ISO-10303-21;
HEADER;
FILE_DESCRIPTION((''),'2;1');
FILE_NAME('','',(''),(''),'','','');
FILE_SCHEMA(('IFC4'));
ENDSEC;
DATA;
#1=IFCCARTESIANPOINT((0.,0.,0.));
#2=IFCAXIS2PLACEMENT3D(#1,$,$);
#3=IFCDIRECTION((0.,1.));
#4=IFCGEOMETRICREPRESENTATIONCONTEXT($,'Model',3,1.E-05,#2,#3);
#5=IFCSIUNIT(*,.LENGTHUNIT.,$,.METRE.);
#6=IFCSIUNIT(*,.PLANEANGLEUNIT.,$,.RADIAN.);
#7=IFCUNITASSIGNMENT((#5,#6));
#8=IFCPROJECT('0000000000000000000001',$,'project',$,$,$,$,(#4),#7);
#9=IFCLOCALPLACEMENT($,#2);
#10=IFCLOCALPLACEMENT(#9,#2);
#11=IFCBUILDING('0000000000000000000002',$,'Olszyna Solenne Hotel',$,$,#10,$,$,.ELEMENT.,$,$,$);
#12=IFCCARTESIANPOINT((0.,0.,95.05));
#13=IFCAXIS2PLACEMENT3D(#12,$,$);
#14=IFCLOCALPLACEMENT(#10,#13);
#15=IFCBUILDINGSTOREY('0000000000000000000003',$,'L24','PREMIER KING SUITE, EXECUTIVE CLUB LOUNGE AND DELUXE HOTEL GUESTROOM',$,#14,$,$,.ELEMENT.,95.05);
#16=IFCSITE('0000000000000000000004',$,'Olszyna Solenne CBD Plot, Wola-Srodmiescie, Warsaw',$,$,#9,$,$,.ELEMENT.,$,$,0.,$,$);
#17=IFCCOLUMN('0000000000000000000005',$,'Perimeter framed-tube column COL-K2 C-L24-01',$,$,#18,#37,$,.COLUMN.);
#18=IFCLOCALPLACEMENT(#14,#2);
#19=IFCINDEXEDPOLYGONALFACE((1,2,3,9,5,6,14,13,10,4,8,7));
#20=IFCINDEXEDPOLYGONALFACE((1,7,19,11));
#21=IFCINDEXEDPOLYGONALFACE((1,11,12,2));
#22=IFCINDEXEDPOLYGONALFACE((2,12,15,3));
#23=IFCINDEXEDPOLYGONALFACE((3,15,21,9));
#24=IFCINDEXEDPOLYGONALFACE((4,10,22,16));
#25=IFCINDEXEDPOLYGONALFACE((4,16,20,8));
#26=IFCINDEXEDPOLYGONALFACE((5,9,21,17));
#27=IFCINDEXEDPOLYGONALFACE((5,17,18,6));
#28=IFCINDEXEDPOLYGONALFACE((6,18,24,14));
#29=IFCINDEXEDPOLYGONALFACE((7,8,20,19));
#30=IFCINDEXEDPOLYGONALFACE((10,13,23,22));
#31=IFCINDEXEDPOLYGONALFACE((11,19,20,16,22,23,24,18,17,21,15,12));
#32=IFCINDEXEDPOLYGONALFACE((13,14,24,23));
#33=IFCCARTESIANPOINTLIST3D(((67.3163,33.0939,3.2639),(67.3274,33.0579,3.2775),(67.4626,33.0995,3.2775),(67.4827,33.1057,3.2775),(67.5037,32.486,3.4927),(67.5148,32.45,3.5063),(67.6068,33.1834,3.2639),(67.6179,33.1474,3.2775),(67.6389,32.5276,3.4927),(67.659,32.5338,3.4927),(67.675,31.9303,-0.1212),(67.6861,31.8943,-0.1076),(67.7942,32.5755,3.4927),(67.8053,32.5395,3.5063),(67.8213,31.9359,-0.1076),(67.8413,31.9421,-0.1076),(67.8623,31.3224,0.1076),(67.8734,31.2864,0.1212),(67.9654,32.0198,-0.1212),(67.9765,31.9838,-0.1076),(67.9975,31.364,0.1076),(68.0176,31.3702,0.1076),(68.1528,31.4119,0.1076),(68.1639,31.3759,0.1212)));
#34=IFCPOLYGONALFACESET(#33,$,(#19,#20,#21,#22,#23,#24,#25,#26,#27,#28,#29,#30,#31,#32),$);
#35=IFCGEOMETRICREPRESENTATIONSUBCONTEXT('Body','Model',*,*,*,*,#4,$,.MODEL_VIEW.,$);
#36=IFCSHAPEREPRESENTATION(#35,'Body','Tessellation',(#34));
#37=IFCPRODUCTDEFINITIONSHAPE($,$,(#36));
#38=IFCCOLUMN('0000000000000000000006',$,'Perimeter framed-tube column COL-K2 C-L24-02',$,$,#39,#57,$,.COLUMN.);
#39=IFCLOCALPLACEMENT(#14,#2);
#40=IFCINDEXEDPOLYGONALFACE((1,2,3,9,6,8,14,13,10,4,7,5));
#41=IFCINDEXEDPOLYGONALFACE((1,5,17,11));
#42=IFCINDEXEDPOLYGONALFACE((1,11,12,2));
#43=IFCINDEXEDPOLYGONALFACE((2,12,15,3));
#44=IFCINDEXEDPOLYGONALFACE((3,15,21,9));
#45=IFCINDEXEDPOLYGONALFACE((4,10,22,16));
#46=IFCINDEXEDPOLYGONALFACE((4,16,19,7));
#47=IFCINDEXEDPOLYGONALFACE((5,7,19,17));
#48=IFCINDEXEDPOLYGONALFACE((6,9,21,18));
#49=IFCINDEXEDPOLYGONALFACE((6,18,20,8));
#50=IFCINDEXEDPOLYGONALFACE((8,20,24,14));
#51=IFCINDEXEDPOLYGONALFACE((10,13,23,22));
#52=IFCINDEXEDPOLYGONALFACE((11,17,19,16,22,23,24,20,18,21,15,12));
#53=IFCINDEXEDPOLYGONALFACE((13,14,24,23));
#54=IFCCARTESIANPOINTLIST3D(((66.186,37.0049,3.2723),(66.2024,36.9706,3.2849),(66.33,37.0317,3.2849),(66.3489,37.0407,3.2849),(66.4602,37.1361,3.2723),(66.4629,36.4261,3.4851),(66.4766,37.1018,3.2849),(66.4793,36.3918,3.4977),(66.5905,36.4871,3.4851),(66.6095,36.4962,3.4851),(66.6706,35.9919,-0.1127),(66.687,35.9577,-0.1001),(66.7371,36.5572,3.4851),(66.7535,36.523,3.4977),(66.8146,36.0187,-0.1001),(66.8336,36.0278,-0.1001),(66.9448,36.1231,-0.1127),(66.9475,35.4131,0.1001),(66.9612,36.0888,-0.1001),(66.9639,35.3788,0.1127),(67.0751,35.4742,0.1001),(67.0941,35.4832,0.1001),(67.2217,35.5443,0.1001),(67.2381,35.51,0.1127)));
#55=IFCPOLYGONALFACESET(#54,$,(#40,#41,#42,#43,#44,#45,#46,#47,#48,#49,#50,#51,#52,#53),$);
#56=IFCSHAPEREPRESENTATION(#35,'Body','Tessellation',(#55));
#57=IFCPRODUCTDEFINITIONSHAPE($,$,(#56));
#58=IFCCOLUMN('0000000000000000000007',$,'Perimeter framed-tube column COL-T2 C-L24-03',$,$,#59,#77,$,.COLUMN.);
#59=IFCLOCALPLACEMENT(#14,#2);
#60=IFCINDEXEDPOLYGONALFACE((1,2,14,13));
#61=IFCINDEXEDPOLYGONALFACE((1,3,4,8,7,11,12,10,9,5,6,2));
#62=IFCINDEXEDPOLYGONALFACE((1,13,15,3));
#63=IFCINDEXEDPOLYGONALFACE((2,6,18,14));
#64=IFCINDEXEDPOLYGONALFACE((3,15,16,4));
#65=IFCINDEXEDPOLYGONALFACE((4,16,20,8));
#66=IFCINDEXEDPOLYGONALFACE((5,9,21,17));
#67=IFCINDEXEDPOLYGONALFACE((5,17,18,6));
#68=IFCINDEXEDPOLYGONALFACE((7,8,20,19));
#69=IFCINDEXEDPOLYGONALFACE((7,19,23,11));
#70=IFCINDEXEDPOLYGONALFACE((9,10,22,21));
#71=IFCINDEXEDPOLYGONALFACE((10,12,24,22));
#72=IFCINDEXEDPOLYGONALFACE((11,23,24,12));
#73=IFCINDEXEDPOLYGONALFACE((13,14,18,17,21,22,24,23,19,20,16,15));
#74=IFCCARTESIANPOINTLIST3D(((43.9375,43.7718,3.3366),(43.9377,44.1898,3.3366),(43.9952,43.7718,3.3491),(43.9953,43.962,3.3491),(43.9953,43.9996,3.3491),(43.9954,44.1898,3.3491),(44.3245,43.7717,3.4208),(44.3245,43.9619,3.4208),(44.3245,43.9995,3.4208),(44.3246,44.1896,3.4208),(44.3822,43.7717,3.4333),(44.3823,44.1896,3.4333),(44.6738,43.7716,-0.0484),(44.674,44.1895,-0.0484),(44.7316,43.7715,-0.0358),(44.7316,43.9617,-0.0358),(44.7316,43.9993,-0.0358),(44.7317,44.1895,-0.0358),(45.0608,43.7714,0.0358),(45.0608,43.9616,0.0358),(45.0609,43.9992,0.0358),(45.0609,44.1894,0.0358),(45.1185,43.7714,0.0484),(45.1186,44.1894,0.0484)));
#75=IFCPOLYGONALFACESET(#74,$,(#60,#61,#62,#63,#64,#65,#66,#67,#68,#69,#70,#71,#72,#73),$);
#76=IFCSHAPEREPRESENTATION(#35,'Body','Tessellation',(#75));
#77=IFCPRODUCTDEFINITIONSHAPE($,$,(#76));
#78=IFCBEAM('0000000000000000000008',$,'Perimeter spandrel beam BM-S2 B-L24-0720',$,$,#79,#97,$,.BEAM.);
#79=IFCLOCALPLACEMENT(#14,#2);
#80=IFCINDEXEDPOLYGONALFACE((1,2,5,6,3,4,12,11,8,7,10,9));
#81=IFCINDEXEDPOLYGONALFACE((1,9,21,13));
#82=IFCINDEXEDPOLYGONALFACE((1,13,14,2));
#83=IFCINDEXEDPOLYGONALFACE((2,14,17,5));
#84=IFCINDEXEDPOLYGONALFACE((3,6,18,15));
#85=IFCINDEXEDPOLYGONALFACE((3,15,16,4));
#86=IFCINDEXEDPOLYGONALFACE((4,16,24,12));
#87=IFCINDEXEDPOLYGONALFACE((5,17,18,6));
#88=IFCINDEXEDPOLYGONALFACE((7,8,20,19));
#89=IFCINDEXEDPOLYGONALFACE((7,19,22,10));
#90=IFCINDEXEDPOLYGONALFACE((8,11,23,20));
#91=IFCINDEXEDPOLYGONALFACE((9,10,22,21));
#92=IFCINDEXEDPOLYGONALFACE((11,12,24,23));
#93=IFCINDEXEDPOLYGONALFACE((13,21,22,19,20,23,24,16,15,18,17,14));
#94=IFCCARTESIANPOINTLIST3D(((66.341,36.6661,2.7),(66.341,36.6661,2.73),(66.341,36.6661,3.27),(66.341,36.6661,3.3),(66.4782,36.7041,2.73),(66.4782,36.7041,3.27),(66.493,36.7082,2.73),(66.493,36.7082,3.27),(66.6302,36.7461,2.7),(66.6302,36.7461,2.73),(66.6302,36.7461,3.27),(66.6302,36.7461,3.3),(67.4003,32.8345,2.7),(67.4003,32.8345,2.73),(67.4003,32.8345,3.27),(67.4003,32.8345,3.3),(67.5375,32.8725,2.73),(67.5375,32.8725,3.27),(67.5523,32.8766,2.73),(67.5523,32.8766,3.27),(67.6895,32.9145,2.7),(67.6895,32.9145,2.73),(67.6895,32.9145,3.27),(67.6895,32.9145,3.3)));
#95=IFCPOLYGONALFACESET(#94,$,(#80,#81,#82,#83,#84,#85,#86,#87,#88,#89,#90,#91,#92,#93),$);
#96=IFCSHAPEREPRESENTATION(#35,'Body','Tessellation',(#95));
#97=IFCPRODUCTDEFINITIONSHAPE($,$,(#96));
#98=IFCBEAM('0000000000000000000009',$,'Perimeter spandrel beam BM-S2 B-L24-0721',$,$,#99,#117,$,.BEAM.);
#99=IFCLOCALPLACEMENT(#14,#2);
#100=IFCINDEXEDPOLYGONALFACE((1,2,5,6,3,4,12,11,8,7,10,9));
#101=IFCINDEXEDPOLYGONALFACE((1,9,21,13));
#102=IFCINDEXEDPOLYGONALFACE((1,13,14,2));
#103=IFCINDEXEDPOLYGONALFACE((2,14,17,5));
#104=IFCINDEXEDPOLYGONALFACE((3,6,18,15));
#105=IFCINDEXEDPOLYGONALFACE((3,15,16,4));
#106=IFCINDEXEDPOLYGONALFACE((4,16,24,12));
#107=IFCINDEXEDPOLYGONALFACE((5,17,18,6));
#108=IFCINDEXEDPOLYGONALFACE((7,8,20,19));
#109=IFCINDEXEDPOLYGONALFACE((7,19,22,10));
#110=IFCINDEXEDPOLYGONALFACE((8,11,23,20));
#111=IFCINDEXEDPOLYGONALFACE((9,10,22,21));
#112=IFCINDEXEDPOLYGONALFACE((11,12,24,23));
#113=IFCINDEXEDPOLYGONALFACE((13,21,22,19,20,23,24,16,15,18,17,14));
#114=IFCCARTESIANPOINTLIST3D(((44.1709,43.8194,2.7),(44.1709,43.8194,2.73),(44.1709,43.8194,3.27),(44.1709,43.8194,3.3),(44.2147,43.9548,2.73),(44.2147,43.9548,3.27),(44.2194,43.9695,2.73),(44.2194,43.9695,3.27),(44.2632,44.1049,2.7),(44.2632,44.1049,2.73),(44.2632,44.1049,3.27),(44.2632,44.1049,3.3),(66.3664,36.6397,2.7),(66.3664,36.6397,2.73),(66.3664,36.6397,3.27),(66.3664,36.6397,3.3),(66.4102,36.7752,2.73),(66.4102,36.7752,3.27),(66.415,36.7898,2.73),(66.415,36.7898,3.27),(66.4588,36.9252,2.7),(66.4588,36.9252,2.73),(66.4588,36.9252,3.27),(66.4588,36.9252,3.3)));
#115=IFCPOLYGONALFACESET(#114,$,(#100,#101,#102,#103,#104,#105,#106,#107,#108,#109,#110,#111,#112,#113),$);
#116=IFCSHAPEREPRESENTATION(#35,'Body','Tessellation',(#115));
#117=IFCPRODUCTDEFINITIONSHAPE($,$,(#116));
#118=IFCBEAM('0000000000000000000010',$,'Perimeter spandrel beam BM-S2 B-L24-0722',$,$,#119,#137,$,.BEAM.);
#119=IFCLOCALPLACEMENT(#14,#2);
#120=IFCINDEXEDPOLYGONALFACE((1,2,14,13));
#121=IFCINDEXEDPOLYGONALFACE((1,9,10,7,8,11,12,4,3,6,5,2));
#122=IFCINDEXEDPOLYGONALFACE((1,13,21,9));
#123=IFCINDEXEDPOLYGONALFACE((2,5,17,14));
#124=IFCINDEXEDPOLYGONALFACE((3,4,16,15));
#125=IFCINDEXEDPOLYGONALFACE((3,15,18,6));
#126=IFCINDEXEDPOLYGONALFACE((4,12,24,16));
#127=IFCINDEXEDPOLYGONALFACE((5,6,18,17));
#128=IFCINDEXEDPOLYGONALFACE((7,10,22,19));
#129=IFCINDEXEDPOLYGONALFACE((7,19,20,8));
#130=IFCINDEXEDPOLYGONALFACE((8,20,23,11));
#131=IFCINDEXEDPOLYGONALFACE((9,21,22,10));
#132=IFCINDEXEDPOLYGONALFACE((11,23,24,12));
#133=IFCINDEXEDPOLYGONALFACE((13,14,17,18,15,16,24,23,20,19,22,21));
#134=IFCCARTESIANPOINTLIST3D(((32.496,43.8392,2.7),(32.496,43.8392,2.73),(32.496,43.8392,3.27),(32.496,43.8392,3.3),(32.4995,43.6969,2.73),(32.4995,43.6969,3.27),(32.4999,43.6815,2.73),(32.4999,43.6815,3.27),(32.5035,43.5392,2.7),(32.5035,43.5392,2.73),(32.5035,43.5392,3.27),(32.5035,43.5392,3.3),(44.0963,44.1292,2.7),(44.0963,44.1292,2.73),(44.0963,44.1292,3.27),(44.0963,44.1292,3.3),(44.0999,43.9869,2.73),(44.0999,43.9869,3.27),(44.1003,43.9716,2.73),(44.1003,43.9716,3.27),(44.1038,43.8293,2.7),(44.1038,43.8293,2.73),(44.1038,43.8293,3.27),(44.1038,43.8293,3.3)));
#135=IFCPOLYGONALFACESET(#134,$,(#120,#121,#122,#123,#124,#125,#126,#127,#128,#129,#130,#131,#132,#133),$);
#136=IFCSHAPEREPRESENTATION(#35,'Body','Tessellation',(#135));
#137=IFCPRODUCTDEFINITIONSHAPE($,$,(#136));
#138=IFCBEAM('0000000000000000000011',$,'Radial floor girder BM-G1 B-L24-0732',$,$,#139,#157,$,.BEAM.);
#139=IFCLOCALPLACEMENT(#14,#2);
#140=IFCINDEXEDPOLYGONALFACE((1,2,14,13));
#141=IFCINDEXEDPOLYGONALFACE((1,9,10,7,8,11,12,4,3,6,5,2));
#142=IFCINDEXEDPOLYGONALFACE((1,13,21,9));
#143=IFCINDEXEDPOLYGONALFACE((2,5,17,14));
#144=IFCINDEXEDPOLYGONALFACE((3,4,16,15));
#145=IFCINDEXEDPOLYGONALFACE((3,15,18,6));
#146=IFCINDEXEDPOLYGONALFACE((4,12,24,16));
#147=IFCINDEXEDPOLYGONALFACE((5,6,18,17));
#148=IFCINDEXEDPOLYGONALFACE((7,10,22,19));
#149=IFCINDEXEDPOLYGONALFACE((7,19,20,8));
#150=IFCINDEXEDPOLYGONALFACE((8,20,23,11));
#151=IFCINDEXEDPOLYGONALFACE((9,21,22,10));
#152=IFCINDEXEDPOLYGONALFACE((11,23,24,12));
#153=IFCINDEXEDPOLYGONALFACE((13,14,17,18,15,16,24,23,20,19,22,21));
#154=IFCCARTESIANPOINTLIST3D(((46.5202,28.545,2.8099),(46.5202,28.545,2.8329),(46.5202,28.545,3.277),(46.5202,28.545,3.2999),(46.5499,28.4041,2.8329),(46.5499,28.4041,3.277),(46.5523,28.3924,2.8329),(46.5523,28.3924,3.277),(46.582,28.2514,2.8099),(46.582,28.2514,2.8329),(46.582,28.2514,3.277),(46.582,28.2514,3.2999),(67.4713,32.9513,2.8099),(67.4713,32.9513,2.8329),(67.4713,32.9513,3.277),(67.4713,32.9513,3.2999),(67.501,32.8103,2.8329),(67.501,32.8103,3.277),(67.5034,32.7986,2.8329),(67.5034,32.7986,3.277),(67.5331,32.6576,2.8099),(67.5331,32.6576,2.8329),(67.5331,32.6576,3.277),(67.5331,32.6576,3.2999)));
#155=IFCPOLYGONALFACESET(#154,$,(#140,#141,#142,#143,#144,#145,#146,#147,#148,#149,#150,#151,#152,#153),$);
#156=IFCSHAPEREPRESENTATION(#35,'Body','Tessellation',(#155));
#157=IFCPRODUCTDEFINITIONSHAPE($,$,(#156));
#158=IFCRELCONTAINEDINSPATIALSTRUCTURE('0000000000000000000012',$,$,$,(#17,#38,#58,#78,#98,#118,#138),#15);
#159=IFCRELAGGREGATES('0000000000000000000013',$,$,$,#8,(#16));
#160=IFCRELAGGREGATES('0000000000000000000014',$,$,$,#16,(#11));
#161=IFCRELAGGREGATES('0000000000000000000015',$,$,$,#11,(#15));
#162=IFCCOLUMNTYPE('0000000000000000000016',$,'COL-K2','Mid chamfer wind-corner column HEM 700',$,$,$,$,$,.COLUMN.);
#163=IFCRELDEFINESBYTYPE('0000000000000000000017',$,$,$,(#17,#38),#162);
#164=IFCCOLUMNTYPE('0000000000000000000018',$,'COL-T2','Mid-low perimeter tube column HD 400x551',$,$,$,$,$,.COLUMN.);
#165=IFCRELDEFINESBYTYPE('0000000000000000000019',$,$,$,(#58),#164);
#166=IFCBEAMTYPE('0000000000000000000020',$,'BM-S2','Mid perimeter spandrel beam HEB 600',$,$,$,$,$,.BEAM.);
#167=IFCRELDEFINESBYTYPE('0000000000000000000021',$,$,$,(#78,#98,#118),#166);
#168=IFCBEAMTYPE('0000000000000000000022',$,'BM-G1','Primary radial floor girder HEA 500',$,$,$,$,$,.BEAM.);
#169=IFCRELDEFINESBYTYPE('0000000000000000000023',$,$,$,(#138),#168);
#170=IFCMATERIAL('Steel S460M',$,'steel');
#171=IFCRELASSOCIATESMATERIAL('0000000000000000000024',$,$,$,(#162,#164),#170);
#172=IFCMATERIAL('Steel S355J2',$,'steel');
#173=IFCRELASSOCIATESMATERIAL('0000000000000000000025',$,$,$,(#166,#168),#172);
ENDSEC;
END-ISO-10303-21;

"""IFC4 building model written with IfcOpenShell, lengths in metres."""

from ifc_helpers import new_model, si_unit, direction, frame, origin, origin_2d, place, context, subcontext, project, spatial, i_section, extrude, source, transform, mapped, material, material_profile, profile_set, type_object, element, save


model = new_model("IFC4")

# Units and contexts
model_context = context("Model", 3, precision=1e-05, world=origin(), true_north=direction((0.0, 1.0)))
body_context = subcontext(model_context, "Body", "Model", "MODEL_VIEW")
ifc_project = project(units=[si_unit("LENGTHUNIT", "METRE"), si_unit("PLANEANGLEUNIT", "RADIAN")], contexts=[model_context])

# Site, building, storey
site_placement = place(None, origin())
site = spatial("IfcSite", under=ifc_project, at=site_placement, Name="Olszyna Solenne CBD Plot, Wola-Srodmiescie, Warsaw", CompositionType="ELEMENT", RefElevation=0.0)
building_placement = place(site_placement, origin())
building = spatial("IfcBuilding", under=site, at=building_placement, Name="Olszyna Solenne Hotel", CompositionType="ELEMENT")
storey_placement = place(building_placement, frame((0.0, 0.0, 95.05)))
storey = spatial("IfcBuildingStorey", under=building, at=storey_placement, Name="L24", Description="PREMIER KING SUITE, EXECUTIVE CLUB LOUNGE AND DELUXE HOTEL GUESTROOM", CompositionType="ELEMENT", Elevation=95.05)

# Columns
ifc_material_1 = material(Name="Steel S460M", Category="steel")
ifc_material_profile_1 = material_profile(ifc_material_1, i_section(OverallWidth=0.304, OverallDepth=0.7161, WebThickness=0.021, FlangeThickness=0.04, at=origin_2d()), Name="HEM 700", Category="load-bearing")
ifc_profile_set_1 = profile_set([ifc_material_profile_1], Name="Steel S460M")
column_type_1 = type_object("IfcColumnType", Name="COL-K2", Description="Mid chamfer wind-corner column HEM 700", PredefinedType="COLUMN", material=ifc_profile_set_1)
shared_shape_1 = source(origin(), body_context, "Body", "SweptSolid", [
    extrude(i_section(OverallWidth=0.304, OverallDepth=0.7161, WebThickness=0.021, FlangeThickness=0.04, at=origin_2d()), origin(), (0.0, 0.0, 1.0), 3.5974),
])
column_1_placement = place(storey_placement, frame((67.9194, 31.6531, 0.0), z_axis=(-0.099697, 0.323454, 0.940977), x_axis=(-0.955636, -0.294551, 0.0)))
element("IfcColumn", 1, at=column_1_placement, inside=storey, type_object=column_type_1, Name="Perimeter framed-tube column COL-K2 C-L24-01", PredefinedType="COLUMN", context=body_context, shape_type="MappedRepresentation", body=[
    mapped(shared_shape_1, transform((0.0, 0.0, 0.0), x_axis=(1.0, 0.0, 0.0), y_axis=(0.0, 1.0, 0.0), z_axis=(0.0, 0.0, 1.0), scale=1.0)),
])
shared_shape_2 = source(origin(), body_context, "Body", "SweptSolid", [
    extrude(i_section(OverallWidth=0.304, OverallDepth=0.7161, WebThickness=0.021, FlangeThickness=0.04, at=origin_2d()), origin(), (0.0, 0.0, 1.0), 3.5664),
])
column_2_placement = place(storey_placement, frame((66.9543, 35.751, 0.0), z_axis=(-0.135885, 0.284023, 0.94914), x_axis=(-0.902075, -0.431579, 0.0)))
element("IfcColumn", 2, at=column_2_placement, inside=storey, type_object=column_type_1, Name="Perimeter framed-tube column COL-K2 C-L24-02", PredefinedType="COLUMN", context=body_context, shape_type="MappedRepresentation", body=[
    mapped(shared_shape_2, transform((0.0, 0.0, 0.0), x_axis=(1.0, 0.0, 0.0), y_axis=(0.0, 1.0, 0.0), z_axis=(0.0, 0.0, 1.0), scale=1.0)),
])
ifc_material_profile_2 = material_profile(ifc_material_1, i_section(OverallWidth=0.418, OverallDepth=0.4551, WebThickness=0.0376, FlangeThickness=0.0591, at=origin_2d()), Name="HD 400x551", Category="load-bearing")
ifc_profile_set_2 = profile_set([ifc_material_profile_2], Name="Steel S460M")
column_type_2 = type_object("IfcColumnType", Name="COL-T2", Description="Mid-low perimeter tube column HD 400x551", PredefinedType="COLUMN", material=ifc_profile_set_2)
shared_shape_3 = source(origin(), body_context, "Body", "SweptSolid", [
    extrude(i_section(OverallWidth=0.418, OverallDepth=0.4551, WebThickness=0.0376, FlangeThickness=0.0591, at=origin_2d()), origin(), (0.0, 0.0, 1.0), 3.4641),
])
column_3_placement = place(storey_placement, frame((44.8962, 43.9805, 0.0), z_axis=(-0.212555, 0.00007, 0.977149), x_axis=(-0.000332, -1.0, 0.0)))
element("IfcColumn", 3, at=column_3_placement, inside=storey, type_object=column_type_2, Name="Perimeter framed-tube column COL-T2 C-L24-03", PredefinedType="COLUMN", context=body_context, shape_type="MappedRepresentation", body=[
    mapped(shared_shape_3, transform((0.0, 0.0, 0.0), x_axis=(1.0, 0.0, 0.0), y_axis=(0.0, 1.0, 0.0), z_axis=(0.0, 0.0, 1.0), scale=1.0)),
])

# Beams
ifc_material_2 = material(Name="Steel S355J2", Category="steel")
ifc_material_profile_3 = material_profile(ifc_material_2, i_section(OverallWidth=0.3, OverallDepth=0.6001, WebThickness=0.0154, FlangeThickness=0.03, at=origin_2d()), Name="HEB 600", Category="load-bearing")
ifc_profile_set_3 = profile_set([ifc_material_profile_3], Name="Steel S355J2")
beam_type_1 = type_object("IfcBeamType", Name="BM-S2", Description="Mid perimeter spandrel beam HEB 600", PredefinedType="BEAM", material=ifc_profile_set_3)
shared_shape_4 = source(origin(), body_context, "Body", "SweptSolid", [
    extrude(i_section(OverallWidth=0.3, OverallDepth=0.6001, WebThickness=0.0154, FlangeThickness=0.03, at=origin_2d()), origin(), (0.0, 0.0, 1.0), 3.9753),
])
beam_1_placement = place(storey_placement, frame((67.5449, 32.8745, 3.0), z_axis=(-0.266478, 0.963841, 0.0), x_axis=(-0.963841, -0.266478, 0.0)))
element("IfcBeam", 4, at=beam_1_placement, inside=storey, type_object=beam_type_1, Name="Perimeter spandrel beam BM-S2 B-L24-0720", PredefinedType="BEAM", context=body_context, shape_type="MappedRepresentation", body=[
    mapped(shared_shape_4, transform((0.0, 0.0, 0.0), x_axis=(1.0, 0.0, 0.0), y_axis=(0.0, 1.0, 0.0), z_axis=(0.0, 0.0, 1.0), scale=1.0)),
])
shared_shape_5 = source(origin(), body_context, "Body", "SweptSolid", [
    extrude(i_section(OverallWidth=0.3, OverallDepth=0.6001, WebThickness=0.0154, FlangeThickness=0.03, at=origin_2d()), origin(), (0.0, 0.0, 1.0), 23.3279),
])
beam_2_placement = place(storey_placement, frame((66.4126, 36.7825, 3.0), z_axis=(-0.95146, 0.307773, 0.0), x_axis=(-0.307773, -0.95146, 0.0)))
element("IfcBeam", 5, at=beam_2_placement, inside=storey, type_object=beam_type_1, Name="Perimeter spandrel beam BM-S2 B-L24-0721", PredefinedType="BEAM", context=body_context, shape_type="MappedRepresentation", body=[
    mapped(shared_shape_5, transform((0.0, 0.0, 0.0), x_axis=(1.0, 0.0, 0.0), y_axis=(0.0, 1.0, 0.0), z_axis=(0.0, 0.0, 1.0), scale=1.0)),
])
shared_shape_6 = source(origin(), body_context, "Body", "SweptSolid", [
    extrude(i_section(OverallWidth=0.3, OverallDepth=0.6001, WebThickness=0.0154, FlangeThickness=0.03, at=origin_2d()), origin(), (0.0, 0.0, 1.0), 11.604),
])
beam_3_placement = place(storey_placement, frame((44.1001, 43.9792, 3.0), z_axis=(-0.999688, -0.024995, 0.0), x_axis=(0.024995, -0.999688, 0.0)))
element("IfcBeam", 6, at=beam_3_placement, inside=storey, type_object=beam_type_1, Name="Perimeter spandrel beam BM-S2 B-L24-0722", PredefinedType="BEAM", context=body_context, shape_type="MappedRepresentation", body=[
    mapped(shared_shape_6, transform((0.0, 0.0, 0.0), x_axis=(1.0, 0.0, 0.0), y_axis=(0.0, 1.0, 0.0), z_axis=(0.0, 0.0, 1.0), scale=1.0)),
])
ifc_material_profile_4 = material_profile(ifc_material_2, i_section(OverallWidth=0.3, OverallDepth=0.49, WebThickness=0.012, FlangeThickness=0.0229, at=origin_2d()), Name="HEA 500", Category="load-bearing")
ifc_profile_set_4 = profile_set([ifc_material_profile_4], Name="Steel S355J2")
beam_type_2 = type_object("IfcBeamType", Name="BM-G1", Description="Primary radial floor girder HEA 500", PredefinedType="BEAM", material=ifc_profile_set_4)
shared_shape_7 = source(origin(), body_context, "Body", "SweptSolid", [
    extrude(i_section(OverallWidth=0.3, OverallDepth=0.49, WebThickness=0.012, FlangeThickness=0.0229, at=origin_2d()), origin(), (0.0, 0.0, 1.0), 21.4094),
])
beam_4_placement = place(storey_placement, frame((67.5022, 32.8044, 3.0549), z_axis=(-0.978592, -0.205808, 0.0), x_axis=(0.205808, -0.978592, 0.0)))
element("IfcBeam", 7, at=beam_4_placement, inside=storey, type_object=beam_type_2, Name="Radial floor girder BM-G1 B-L24-0732", PredefinedType="BEAM", context=body_context, shape_type="MappedRepresentation", body=[
    mapped(shared_shape_7, transform((0.0, 0.0, 0.0), x_axis=(1.0, 0.0, 0.0), y_axis=(0.0, 1.0, 0.0), z_axis=(0.0, 0.0, 1.0), scale=1.0)),
])

save(model, "model.ifc")
